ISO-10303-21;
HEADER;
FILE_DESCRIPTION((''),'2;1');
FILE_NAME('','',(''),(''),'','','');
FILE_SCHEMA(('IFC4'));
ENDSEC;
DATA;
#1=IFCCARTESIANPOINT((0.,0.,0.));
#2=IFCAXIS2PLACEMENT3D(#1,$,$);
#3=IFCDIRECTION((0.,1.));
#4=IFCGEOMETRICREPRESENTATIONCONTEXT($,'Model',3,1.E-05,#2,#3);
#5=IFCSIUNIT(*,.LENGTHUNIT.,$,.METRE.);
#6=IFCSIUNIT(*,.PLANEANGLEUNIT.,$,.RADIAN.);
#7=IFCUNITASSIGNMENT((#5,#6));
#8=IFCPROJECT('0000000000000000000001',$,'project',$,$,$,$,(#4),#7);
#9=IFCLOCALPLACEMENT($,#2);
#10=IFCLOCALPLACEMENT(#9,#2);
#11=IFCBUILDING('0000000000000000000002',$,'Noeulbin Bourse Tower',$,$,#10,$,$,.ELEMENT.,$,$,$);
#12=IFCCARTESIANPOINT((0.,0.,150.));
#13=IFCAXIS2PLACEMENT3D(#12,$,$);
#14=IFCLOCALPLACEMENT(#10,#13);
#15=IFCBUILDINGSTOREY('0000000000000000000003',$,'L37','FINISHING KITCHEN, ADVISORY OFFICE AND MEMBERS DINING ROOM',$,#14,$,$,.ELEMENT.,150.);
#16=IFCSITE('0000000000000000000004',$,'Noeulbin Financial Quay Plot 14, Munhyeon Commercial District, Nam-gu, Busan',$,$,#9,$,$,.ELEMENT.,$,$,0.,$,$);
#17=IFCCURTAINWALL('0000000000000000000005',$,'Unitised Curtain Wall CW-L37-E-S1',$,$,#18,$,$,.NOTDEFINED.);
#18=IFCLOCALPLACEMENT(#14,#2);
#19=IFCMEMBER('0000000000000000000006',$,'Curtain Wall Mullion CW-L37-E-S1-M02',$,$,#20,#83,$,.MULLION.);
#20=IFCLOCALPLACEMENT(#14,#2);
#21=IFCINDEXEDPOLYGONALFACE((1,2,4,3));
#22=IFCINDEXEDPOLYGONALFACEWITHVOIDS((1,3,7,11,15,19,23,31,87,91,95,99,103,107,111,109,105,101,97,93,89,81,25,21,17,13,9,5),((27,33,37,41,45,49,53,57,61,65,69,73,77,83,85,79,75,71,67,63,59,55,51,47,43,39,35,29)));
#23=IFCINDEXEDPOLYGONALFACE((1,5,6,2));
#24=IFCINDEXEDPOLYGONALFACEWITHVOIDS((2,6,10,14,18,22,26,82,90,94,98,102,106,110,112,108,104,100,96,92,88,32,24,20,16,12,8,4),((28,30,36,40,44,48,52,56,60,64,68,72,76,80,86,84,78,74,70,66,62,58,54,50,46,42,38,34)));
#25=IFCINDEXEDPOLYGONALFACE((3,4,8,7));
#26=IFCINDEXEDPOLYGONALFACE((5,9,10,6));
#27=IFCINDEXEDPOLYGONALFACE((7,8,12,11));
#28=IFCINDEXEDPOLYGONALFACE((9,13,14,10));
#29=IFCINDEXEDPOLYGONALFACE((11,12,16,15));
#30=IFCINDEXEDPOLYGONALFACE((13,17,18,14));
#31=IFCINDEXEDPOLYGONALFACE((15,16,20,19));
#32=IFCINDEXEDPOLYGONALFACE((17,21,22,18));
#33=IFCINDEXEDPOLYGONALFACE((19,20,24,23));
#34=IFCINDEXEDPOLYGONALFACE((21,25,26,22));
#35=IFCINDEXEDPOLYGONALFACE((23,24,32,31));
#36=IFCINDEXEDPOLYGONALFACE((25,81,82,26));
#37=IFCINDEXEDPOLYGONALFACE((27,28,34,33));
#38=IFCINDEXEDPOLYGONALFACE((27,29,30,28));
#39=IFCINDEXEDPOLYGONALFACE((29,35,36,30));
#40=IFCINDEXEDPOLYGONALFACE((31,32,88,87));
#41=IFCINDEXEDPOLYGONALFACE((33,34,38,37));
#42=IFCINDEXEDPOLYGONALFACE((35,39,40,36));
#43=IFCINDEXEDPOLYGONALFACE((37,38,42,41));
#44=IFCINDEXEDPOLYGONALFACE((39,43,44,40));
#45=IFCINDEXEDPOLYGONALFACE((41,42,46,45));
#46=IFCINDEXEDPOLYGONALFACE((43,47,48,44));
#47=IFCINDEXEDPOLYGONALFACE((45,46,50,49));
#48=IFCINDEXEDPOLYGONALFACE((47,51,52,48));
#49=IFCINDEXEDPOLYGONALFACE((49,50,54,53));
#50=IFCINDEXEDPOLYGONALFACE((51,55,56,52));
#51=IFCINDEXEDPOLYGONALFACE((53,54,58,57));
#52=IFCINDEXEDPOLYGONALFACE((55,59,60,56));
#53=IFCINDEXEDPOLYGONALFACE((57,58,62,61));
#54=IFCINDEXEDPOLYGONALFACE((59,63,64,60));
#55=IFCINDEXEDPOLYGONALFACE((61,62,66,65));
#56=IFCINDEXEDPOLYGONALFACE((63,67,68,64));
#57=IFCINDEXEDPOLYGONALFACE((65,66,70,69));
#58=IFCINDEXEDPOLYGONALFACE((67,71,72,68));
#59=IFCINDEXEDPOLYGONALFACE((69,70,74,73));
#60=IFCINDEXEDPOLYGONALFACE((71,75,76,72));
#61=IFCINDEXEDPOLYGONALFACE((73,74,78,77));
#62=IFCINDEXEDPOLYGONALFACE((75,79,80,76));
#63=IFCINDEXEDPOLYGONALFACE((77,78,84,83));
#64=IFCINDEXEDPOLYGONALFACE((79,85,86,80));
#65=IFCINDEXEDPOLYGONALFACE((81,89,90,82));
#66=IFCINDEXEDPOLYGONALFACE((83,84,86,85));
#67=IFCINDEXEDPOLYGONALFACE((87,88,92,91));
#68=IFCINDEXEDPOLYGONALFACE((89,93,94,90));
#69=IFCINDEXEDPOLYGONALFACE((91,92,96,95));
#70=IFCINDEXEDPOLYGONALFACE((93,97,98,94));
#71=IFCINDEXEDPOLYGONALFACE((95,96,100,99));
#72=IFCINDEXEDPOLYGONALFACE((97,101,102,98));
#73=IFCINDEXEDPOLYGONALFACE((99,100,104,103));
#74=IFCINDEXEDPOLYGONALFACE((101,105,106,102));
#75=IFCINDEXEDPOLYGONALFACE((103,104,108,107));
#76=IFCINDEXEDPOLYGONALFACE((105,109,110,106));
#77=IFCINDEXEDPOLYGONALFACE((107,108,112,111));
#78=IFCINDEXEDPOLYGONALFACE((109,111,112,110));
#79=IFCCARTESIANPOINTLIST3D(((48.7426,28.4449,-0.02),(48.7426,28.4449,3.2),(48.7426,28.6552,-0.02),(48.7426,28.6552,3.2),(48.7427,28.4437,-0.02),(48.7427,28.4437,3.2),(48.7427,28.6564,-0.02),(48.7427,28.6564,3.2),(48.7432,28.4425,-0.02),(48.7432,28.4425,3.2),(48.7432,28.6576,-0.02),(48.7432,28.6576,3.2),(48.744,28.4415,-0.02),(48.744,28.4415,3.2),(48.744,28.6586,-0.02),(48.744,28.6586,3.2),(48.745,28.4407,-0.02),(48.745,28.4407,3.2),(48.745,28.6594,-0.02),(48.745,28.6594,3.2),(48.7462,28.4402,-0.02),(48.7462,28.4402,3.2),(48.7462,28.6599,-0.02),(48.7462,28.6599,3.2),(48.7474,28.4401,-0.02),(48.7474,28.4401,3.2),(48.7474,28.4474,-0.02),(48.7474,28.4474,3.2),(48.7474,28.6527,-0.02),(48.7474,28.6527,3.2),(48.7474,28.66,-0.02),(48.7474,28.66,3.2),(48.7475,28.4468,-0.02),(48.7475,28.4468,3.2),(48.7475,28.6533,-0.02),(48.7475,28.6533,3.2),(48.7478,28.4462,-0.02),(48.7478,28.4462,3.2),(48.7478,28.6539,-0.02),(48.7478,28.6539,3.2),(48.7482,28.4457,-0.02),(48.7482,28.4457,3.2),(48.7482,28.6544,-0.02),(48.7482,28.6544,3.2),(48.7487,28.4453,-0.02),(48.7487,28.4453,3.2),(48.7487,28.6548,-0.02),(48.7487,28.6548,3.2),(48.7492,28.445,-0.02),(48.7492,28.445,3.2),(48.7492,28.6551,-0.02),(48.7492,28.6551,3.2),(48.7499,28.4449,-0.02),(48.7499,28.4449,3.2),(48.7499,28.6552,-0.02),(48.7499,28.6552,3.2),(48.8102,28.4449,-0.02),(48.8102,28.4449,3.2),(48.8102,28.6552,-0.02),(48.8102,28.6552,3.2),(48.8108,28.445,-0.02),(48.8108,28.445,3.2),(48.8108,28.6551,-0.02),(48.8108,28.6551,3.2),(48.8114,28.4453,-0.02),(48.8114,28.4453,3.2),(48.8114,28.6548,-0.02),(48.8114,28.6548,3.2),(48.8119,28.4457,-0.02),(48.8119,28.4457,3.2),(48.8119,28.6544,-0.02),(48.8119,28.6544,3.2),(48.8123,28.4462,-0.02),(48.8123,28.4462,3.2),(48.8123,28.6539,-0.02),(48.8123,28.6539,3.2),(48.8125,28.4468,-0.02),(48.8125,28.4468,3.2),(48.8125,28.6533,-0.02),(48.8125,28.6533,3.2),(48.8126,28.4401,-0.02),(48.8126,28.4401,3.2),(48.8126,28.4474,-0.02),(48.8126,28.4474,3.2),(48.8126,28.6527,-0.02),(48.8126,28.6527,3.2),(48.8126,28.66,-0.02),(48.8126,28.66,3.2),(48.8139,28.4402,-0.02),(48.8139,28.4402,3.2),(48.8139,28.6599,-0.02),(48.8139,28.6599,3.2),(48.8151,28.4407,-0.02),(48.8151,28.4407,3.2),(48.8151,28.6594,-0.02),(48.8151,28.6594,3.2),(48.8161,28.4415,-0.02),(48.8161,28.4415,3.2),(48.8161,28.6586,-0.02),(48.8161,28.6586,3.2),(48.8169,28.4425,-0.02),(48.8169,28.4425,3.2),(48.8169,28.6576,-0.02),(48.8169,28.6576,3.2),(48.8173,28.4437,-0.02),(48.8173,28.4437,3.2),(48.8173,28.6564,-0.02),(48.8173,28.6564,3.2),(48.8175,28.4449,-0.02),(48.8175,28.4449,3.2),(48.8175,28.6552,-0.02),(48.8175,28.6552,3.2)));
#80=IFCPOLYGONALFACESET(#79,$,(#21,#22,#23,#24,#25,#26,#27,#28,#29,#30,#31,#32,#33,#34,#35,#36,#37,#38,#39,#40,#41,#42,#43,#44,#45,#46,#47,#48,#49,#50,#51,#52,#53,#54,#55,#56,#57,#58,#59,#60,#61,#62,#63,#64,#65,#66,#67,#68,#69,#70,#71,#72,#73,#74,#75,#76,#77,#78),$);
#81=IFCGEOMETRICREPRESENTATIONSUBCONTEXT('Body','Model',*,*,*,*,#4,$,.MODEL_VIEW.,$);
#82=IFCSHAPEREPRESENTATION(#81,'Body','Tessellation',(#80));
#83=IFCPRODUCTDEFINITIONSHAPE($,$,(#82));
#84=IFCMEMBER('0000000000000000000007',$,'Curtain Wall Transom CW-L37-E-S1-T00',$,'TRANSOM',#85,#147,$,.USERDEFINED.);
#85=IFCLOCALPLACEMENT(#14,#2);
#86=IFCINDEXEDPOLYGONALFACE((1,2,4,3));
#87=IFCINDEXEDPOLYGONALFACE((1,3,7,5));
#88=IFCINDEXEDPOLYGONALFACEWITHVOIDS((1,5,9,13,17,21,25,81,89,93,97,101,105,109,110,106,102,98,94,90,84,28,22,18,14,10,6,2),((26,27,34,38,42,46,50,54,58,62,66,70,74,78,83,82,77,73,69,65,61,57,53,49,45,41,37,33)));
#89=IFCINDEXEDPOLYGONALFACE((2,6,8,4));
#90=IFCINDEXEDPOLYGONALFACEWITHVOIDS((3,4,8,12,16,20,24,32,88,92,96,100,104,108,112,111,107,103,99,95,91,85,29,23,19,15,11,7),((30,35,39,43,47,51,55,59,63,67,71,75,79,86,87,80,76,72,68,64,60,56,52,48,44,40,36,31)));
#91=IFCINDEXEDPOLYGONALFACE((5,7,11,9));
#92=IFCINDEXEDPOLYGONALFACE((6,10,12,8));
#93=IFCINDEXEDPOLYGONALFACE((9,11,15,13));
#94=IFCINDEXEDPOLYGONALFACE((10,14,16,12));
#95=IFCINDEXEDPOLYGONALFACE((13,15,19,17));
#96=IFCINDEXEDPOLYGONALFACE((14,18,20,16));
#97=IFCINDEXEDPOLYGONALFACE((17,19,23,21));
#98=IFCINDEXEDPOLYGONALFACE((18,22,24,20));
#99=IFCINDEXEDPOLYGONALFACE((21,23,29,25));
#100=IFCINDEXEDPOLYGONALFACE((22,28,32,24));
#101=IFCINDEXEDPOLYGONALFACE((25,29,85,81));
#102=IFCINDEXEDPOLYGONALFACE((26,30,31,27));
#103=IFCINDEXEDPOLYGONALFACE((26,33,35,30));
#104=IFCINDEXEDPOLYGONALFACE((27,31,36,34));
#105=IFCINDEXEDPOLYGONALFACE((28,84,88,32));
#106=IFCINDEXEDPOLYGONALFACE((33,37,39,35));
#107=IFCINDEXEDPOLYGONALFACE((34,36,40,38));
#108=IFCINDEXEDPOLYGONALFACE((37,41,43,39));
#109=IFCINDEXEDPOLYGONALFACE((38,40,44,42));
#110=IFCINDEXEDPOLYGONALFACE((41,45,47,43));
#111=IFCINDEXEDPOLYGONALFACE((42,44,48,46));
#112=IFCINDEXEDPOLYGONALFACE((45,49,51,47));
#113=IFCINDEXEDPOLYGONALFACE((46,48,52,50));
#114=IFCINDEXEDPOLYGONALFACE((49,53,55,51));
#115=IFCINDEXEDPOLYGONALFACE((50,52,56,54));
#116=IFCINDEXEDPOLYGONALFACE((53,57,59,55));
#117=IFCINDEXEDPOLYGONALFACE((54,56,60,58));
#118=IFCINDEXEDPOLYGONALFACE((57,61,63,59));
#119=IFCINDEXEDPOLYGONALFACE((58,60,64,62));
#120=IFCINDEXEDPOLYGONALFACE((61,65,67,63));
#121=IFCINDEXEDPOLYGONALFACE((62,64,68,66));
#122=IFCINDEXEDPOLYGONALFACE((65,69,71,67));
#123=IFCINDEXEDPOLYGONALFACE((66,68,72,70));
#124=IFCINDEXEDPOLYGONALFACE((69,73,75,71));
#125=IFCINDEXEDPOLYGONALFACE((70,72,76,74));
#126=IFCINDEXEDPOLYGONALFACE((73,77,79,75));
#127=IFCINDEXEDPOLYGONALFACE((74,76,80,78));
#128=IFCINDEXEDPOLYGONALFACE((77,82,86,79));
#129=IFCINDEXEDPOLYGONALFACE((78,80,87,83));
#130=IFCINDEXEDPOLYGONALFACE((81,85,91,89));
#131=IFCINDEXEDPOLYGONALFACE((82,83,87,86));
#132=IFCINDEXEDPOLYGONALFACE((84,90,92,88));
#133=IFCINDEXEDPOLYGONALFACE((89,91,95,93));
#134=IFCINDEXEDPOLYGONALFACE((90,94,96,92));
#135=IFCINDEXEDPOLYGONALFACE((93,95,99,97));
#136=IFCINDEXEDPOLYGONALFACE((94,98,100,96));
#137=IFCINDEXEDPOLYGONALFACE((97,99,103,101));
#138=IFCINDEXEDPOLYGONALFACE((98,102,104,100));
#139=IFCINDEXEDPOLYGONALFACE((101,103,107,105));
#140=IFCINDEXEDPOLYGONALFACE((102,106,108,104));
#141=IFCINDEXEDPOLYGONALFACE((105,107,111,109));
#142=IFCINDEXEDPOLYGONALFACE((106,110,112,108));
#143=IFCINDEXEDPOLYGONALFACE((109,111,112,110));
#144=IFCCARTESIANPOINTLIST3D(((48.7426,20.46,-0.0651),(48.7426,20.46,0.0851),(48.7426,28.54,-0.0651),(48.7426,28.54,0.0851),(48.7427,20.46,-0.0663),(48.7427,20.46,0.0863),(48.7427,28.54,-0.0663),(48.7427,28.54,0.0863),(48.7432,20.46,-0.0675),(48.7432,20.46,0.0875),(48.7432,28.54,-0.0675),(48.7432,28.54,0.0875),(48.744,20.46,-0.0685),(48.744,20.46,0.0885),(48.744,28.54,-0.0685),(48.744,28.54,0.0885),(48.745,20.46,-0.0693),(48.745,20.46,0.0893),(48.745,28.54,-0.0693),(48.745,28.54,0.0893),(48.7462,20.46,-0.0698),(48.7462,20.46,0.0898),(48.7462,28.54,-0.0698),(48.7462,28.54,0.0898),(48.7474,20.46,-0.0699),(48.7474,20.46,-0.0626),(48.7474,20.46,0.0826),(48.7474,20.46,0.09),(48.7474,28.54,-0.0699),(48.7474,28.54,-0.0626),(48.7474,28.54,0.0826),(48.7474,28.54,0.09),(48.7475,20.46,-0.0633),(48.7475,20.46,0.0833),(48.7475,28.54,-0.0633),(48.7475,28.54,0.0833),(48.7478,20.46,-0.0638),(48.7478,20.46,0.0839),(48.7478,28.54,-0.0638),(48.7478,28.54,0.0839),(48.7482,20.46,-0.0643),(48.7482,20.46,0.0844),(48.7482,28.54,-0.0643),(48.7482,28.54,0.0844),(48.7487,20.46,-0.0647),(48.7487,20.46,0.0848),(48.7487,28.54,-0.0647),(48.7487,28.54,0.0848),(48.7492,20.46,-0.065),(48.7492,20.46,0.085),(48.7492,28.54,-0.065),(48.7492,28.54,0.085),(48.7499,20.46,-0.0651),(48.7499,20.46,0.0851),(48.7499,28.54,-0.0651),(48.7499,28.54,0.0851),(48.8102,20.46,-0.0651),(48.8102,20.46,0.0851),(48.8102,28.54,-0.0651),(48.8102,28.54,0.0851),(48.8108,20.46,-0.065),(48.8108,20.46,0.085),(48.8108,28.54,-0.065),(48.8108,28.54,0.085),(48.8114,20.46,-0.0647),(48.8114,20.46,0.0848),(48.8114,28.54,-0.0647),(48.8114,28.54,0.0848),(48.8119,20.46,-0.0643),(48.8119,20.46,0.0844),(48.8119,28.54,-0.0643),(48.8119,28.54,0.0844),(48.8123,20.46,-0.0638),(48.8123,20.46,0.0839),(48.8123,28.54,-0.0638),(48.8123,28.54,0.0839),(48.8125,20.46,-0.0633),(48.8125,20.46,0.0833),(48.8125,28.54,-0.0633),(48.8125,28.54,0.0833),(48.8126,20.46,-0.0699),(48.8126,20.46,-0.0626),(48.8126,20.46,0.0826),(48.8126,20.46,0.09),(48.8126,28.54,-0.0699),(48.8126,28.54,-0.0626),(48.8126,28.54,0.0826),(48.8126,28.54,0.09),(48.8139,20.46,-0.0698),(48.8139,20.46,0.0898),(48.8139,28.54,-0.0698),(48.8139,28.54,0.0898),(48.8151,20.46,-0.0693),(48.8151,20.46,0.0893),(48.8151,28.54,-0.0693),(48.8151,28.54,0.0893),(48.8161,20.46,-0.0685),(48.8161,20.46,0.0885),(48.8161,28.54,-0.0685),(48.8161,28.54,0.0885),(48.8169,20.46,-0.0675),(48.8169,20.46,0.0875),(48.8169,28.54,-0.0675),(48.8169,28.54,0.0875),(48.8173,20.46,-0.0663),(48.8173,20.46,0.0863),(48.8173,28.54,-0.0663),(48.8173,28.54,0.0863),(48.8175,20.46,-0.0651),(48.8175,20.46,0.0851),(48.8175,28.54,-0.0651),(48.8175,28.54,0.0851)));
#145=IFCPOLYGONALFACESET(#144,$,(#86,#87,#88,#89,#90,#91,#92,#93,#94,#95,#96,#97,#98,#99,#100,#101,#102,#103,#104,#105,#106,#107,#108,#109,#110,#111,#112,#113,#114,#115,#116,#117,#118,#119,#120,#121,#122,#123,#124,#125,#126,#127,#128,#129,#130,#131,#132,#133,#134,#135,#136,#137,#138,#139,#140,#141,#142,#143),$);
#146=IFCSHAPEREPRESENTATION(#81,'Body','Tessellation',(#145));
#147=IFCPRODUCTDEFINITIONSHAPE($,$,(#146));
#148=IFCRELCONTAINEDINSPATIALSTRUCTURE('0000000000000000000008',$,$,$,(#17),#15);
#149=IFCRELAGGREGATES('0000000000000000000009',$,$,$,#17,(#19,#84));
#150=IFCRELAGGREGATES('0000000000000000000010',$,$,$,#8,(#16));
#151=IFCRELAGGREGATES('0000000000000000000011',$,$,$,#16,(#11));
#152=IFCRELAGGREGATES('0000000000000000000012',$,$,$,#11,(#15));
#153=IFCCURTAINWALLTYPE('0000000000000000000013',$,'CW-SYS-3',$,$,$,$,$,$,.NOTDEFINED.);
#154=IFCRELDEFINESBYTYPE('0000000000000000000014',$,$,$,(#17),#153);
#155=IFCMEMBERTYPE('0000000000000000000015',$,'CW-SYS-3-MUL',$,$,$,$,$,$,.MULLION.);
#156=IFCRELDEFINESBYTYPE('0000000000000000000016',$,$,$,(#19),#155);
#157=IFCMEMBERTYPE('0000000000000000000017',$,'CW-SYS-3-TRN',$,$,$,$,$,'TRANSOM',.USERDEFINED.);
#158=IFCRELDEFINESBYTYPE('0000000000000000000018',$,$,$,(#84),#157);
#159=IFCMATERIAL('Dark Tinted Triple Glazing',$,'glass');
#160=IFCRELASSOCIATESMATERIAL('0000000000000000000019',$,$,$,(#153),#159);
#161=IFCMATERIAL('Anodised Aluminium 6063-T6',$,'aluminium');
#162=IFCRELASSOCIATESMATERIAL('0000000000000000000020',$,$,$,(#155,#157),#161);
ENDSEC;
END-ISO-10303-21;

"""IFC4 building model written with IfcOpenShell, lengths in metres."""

from ifc_helpers import new_model, si_unit, direction, frame, origin, origin_2d, place, context, subcontext, project, spatial, hollow_rectangle, extrude, material, material_profile, profile_set, type_object, element, aggregate, save


model = new_model("IFC4")

# Units and contexts
model_context = context("Model", 3, precision=1e-05, world=origin(), true_north=direction((0.0, 1.0)))
body_context = subcontext(model_context, "Body", "Model", "MODEL_VIEW")
ifc_project = project(units=[si_unit("LENGTHUNIT", "METRE"), si_unit("PLANEANGLEUNIT", "RADIAN")], contexts=[model_context])

# Site, building, storey
site_placement = place(None, origin())
site = spatial("IfcSite", under=ifc_project, at=site_placement, Name="Noeulbin Financial Quay Plot 14, Munhyeon Commercial District, Nam-gu, Busan", CompositionType="ELEMENT", RefElevation=0.0)
building_placement = place(site_placement, origin())
building = spatial("IfcBuilding", under=site, at=building_placement, Name="Noeulbin Bourse Tower", CompositionType="ELEMENT")
storey_placement = place(building_placement, frame((0.0, 0.0, 150.0)))
storey = spatial("IfcBuildingStorey", under=building, at=storey_placement, Name="L37", Description="FINISHING KITCHEN, ADVISORY OFFICE AND MEMBERS DINING ROOM", CompositionType="ELEMENT", Elevation=150.0)

# Curtain wall, members
ifc_material_1 = material(Name="Dark Tinted Triple Glazing", Category="glass")
curtain_wall_type = type_object("IfcCurtainWallType", Name="CW-SYS-3", PredefinedType="NOTDEFINED", material=ifc_material_1)
curtain_wall_placement = place(storey_placement, origin())
curtain_wall = element("IfcCurtainWall", 1, at=curtain_wall_placement, inside=storey, type_object=curtain_wall_type, Name="Unitised Curtain Wall CW-L37-E-S1", PredefinedType="NOTDEFINED")
ifc_material_2 = material(Name="Anodised Aluminium 6063-T6", Category="aluminium")
ifc_material_profile_1 = material_profile(ifc_material_2, hollow_rectangle(XDim=0.075, YDim=0.22, WallThickness=0.0049, InnerFilletRadius=0.0024, OuterFilletRadius=0.0049, at=origin_2d()), Name="ALU-MULL-75x220x5", Category="LoadBearing")
ifc_profile_set_1 = profile_set([ifc_material_profile_1], Name="Anodised Aluminium 6063-T6")
member_type_1 = type_object("IfcMemberType", Name="CW-SYS-3-MUL", PredefinedType="MULLION", material=ifc_profile_set_1)
member_1_placement = place(storey_placement, frame((48.78, 28.55, -0.02), z_axis=(0.0, 0.0, 1.0), x_axis=(1.0, 0.0, 0.0)))
member_1 = element("IfcMember", 2, at=member_1_placement, type_object=member_type_1, Name="Curtain Wall Mullion CW-L37-E-S1-M02", PredefinedType="MULLION", context=body_context, shape_type="SweptSolid", body=[
    extrude(hollow_rectangle(XDim=0.075, YDim=0.22, WallThickness=0.0049, InnerFilletRadius=0.0024, OuterFilletRadius=0.0049, at=origin_2d()), origin(), (0.0, 0.0, 1.0), 3.22),
])
ifc_material_profile_2 = material_profile(ifc_material_2, hollow_rectangle(XDim=0.075, YDim=0.1599, WallThickness=0.0049, InnerFilletRadius=0.0024, OuterFilletRadius=0.0049, at=origin_2d()), Name="ALU-TRAN-75x160x5", Category="LoadBearing")
ifc_profile_set_2 = profile_set([ifc_material_profile_2], Name="Anodised Aluminium 6063-T6")
member_type_2 = type_object("IfcMemberType", Name="CW-SYS-3-TRN", ElementType="TRANSOM", PredefinedType="USERDEFINED", material=ifc_profile_set_2)
member_2_placement = place(storey_placement, frame((48.78, 20.46, 0.01), z_axis=(0.0, 1.0, 0.0), x_axis=(-1.0, 0.0, 0.0)))
member_2 = element("IfcMember", 3, at=member_2_placement, type_object=member_type_2, Name="Curtain Wall Transom CW-L37-E-S1-T00", ObjectType="TRANSOM", PredefinedType="USERDEFINED", context=body_context, shape_type="SweptSolid", body=[
    extrude(hollow_rectangle(XDim=0.075, YDim=0.1599, WallThickness=0.0049, InnerFilletRadius=0.0024, OuterFilletRadius=0.0049, at=origin_2d()), origin(), (0.0, 0.0, 1.0), 8.0801),
])
aggregate(curtain_wall, [member_1, member_2])

save(model, "model.ifc")
